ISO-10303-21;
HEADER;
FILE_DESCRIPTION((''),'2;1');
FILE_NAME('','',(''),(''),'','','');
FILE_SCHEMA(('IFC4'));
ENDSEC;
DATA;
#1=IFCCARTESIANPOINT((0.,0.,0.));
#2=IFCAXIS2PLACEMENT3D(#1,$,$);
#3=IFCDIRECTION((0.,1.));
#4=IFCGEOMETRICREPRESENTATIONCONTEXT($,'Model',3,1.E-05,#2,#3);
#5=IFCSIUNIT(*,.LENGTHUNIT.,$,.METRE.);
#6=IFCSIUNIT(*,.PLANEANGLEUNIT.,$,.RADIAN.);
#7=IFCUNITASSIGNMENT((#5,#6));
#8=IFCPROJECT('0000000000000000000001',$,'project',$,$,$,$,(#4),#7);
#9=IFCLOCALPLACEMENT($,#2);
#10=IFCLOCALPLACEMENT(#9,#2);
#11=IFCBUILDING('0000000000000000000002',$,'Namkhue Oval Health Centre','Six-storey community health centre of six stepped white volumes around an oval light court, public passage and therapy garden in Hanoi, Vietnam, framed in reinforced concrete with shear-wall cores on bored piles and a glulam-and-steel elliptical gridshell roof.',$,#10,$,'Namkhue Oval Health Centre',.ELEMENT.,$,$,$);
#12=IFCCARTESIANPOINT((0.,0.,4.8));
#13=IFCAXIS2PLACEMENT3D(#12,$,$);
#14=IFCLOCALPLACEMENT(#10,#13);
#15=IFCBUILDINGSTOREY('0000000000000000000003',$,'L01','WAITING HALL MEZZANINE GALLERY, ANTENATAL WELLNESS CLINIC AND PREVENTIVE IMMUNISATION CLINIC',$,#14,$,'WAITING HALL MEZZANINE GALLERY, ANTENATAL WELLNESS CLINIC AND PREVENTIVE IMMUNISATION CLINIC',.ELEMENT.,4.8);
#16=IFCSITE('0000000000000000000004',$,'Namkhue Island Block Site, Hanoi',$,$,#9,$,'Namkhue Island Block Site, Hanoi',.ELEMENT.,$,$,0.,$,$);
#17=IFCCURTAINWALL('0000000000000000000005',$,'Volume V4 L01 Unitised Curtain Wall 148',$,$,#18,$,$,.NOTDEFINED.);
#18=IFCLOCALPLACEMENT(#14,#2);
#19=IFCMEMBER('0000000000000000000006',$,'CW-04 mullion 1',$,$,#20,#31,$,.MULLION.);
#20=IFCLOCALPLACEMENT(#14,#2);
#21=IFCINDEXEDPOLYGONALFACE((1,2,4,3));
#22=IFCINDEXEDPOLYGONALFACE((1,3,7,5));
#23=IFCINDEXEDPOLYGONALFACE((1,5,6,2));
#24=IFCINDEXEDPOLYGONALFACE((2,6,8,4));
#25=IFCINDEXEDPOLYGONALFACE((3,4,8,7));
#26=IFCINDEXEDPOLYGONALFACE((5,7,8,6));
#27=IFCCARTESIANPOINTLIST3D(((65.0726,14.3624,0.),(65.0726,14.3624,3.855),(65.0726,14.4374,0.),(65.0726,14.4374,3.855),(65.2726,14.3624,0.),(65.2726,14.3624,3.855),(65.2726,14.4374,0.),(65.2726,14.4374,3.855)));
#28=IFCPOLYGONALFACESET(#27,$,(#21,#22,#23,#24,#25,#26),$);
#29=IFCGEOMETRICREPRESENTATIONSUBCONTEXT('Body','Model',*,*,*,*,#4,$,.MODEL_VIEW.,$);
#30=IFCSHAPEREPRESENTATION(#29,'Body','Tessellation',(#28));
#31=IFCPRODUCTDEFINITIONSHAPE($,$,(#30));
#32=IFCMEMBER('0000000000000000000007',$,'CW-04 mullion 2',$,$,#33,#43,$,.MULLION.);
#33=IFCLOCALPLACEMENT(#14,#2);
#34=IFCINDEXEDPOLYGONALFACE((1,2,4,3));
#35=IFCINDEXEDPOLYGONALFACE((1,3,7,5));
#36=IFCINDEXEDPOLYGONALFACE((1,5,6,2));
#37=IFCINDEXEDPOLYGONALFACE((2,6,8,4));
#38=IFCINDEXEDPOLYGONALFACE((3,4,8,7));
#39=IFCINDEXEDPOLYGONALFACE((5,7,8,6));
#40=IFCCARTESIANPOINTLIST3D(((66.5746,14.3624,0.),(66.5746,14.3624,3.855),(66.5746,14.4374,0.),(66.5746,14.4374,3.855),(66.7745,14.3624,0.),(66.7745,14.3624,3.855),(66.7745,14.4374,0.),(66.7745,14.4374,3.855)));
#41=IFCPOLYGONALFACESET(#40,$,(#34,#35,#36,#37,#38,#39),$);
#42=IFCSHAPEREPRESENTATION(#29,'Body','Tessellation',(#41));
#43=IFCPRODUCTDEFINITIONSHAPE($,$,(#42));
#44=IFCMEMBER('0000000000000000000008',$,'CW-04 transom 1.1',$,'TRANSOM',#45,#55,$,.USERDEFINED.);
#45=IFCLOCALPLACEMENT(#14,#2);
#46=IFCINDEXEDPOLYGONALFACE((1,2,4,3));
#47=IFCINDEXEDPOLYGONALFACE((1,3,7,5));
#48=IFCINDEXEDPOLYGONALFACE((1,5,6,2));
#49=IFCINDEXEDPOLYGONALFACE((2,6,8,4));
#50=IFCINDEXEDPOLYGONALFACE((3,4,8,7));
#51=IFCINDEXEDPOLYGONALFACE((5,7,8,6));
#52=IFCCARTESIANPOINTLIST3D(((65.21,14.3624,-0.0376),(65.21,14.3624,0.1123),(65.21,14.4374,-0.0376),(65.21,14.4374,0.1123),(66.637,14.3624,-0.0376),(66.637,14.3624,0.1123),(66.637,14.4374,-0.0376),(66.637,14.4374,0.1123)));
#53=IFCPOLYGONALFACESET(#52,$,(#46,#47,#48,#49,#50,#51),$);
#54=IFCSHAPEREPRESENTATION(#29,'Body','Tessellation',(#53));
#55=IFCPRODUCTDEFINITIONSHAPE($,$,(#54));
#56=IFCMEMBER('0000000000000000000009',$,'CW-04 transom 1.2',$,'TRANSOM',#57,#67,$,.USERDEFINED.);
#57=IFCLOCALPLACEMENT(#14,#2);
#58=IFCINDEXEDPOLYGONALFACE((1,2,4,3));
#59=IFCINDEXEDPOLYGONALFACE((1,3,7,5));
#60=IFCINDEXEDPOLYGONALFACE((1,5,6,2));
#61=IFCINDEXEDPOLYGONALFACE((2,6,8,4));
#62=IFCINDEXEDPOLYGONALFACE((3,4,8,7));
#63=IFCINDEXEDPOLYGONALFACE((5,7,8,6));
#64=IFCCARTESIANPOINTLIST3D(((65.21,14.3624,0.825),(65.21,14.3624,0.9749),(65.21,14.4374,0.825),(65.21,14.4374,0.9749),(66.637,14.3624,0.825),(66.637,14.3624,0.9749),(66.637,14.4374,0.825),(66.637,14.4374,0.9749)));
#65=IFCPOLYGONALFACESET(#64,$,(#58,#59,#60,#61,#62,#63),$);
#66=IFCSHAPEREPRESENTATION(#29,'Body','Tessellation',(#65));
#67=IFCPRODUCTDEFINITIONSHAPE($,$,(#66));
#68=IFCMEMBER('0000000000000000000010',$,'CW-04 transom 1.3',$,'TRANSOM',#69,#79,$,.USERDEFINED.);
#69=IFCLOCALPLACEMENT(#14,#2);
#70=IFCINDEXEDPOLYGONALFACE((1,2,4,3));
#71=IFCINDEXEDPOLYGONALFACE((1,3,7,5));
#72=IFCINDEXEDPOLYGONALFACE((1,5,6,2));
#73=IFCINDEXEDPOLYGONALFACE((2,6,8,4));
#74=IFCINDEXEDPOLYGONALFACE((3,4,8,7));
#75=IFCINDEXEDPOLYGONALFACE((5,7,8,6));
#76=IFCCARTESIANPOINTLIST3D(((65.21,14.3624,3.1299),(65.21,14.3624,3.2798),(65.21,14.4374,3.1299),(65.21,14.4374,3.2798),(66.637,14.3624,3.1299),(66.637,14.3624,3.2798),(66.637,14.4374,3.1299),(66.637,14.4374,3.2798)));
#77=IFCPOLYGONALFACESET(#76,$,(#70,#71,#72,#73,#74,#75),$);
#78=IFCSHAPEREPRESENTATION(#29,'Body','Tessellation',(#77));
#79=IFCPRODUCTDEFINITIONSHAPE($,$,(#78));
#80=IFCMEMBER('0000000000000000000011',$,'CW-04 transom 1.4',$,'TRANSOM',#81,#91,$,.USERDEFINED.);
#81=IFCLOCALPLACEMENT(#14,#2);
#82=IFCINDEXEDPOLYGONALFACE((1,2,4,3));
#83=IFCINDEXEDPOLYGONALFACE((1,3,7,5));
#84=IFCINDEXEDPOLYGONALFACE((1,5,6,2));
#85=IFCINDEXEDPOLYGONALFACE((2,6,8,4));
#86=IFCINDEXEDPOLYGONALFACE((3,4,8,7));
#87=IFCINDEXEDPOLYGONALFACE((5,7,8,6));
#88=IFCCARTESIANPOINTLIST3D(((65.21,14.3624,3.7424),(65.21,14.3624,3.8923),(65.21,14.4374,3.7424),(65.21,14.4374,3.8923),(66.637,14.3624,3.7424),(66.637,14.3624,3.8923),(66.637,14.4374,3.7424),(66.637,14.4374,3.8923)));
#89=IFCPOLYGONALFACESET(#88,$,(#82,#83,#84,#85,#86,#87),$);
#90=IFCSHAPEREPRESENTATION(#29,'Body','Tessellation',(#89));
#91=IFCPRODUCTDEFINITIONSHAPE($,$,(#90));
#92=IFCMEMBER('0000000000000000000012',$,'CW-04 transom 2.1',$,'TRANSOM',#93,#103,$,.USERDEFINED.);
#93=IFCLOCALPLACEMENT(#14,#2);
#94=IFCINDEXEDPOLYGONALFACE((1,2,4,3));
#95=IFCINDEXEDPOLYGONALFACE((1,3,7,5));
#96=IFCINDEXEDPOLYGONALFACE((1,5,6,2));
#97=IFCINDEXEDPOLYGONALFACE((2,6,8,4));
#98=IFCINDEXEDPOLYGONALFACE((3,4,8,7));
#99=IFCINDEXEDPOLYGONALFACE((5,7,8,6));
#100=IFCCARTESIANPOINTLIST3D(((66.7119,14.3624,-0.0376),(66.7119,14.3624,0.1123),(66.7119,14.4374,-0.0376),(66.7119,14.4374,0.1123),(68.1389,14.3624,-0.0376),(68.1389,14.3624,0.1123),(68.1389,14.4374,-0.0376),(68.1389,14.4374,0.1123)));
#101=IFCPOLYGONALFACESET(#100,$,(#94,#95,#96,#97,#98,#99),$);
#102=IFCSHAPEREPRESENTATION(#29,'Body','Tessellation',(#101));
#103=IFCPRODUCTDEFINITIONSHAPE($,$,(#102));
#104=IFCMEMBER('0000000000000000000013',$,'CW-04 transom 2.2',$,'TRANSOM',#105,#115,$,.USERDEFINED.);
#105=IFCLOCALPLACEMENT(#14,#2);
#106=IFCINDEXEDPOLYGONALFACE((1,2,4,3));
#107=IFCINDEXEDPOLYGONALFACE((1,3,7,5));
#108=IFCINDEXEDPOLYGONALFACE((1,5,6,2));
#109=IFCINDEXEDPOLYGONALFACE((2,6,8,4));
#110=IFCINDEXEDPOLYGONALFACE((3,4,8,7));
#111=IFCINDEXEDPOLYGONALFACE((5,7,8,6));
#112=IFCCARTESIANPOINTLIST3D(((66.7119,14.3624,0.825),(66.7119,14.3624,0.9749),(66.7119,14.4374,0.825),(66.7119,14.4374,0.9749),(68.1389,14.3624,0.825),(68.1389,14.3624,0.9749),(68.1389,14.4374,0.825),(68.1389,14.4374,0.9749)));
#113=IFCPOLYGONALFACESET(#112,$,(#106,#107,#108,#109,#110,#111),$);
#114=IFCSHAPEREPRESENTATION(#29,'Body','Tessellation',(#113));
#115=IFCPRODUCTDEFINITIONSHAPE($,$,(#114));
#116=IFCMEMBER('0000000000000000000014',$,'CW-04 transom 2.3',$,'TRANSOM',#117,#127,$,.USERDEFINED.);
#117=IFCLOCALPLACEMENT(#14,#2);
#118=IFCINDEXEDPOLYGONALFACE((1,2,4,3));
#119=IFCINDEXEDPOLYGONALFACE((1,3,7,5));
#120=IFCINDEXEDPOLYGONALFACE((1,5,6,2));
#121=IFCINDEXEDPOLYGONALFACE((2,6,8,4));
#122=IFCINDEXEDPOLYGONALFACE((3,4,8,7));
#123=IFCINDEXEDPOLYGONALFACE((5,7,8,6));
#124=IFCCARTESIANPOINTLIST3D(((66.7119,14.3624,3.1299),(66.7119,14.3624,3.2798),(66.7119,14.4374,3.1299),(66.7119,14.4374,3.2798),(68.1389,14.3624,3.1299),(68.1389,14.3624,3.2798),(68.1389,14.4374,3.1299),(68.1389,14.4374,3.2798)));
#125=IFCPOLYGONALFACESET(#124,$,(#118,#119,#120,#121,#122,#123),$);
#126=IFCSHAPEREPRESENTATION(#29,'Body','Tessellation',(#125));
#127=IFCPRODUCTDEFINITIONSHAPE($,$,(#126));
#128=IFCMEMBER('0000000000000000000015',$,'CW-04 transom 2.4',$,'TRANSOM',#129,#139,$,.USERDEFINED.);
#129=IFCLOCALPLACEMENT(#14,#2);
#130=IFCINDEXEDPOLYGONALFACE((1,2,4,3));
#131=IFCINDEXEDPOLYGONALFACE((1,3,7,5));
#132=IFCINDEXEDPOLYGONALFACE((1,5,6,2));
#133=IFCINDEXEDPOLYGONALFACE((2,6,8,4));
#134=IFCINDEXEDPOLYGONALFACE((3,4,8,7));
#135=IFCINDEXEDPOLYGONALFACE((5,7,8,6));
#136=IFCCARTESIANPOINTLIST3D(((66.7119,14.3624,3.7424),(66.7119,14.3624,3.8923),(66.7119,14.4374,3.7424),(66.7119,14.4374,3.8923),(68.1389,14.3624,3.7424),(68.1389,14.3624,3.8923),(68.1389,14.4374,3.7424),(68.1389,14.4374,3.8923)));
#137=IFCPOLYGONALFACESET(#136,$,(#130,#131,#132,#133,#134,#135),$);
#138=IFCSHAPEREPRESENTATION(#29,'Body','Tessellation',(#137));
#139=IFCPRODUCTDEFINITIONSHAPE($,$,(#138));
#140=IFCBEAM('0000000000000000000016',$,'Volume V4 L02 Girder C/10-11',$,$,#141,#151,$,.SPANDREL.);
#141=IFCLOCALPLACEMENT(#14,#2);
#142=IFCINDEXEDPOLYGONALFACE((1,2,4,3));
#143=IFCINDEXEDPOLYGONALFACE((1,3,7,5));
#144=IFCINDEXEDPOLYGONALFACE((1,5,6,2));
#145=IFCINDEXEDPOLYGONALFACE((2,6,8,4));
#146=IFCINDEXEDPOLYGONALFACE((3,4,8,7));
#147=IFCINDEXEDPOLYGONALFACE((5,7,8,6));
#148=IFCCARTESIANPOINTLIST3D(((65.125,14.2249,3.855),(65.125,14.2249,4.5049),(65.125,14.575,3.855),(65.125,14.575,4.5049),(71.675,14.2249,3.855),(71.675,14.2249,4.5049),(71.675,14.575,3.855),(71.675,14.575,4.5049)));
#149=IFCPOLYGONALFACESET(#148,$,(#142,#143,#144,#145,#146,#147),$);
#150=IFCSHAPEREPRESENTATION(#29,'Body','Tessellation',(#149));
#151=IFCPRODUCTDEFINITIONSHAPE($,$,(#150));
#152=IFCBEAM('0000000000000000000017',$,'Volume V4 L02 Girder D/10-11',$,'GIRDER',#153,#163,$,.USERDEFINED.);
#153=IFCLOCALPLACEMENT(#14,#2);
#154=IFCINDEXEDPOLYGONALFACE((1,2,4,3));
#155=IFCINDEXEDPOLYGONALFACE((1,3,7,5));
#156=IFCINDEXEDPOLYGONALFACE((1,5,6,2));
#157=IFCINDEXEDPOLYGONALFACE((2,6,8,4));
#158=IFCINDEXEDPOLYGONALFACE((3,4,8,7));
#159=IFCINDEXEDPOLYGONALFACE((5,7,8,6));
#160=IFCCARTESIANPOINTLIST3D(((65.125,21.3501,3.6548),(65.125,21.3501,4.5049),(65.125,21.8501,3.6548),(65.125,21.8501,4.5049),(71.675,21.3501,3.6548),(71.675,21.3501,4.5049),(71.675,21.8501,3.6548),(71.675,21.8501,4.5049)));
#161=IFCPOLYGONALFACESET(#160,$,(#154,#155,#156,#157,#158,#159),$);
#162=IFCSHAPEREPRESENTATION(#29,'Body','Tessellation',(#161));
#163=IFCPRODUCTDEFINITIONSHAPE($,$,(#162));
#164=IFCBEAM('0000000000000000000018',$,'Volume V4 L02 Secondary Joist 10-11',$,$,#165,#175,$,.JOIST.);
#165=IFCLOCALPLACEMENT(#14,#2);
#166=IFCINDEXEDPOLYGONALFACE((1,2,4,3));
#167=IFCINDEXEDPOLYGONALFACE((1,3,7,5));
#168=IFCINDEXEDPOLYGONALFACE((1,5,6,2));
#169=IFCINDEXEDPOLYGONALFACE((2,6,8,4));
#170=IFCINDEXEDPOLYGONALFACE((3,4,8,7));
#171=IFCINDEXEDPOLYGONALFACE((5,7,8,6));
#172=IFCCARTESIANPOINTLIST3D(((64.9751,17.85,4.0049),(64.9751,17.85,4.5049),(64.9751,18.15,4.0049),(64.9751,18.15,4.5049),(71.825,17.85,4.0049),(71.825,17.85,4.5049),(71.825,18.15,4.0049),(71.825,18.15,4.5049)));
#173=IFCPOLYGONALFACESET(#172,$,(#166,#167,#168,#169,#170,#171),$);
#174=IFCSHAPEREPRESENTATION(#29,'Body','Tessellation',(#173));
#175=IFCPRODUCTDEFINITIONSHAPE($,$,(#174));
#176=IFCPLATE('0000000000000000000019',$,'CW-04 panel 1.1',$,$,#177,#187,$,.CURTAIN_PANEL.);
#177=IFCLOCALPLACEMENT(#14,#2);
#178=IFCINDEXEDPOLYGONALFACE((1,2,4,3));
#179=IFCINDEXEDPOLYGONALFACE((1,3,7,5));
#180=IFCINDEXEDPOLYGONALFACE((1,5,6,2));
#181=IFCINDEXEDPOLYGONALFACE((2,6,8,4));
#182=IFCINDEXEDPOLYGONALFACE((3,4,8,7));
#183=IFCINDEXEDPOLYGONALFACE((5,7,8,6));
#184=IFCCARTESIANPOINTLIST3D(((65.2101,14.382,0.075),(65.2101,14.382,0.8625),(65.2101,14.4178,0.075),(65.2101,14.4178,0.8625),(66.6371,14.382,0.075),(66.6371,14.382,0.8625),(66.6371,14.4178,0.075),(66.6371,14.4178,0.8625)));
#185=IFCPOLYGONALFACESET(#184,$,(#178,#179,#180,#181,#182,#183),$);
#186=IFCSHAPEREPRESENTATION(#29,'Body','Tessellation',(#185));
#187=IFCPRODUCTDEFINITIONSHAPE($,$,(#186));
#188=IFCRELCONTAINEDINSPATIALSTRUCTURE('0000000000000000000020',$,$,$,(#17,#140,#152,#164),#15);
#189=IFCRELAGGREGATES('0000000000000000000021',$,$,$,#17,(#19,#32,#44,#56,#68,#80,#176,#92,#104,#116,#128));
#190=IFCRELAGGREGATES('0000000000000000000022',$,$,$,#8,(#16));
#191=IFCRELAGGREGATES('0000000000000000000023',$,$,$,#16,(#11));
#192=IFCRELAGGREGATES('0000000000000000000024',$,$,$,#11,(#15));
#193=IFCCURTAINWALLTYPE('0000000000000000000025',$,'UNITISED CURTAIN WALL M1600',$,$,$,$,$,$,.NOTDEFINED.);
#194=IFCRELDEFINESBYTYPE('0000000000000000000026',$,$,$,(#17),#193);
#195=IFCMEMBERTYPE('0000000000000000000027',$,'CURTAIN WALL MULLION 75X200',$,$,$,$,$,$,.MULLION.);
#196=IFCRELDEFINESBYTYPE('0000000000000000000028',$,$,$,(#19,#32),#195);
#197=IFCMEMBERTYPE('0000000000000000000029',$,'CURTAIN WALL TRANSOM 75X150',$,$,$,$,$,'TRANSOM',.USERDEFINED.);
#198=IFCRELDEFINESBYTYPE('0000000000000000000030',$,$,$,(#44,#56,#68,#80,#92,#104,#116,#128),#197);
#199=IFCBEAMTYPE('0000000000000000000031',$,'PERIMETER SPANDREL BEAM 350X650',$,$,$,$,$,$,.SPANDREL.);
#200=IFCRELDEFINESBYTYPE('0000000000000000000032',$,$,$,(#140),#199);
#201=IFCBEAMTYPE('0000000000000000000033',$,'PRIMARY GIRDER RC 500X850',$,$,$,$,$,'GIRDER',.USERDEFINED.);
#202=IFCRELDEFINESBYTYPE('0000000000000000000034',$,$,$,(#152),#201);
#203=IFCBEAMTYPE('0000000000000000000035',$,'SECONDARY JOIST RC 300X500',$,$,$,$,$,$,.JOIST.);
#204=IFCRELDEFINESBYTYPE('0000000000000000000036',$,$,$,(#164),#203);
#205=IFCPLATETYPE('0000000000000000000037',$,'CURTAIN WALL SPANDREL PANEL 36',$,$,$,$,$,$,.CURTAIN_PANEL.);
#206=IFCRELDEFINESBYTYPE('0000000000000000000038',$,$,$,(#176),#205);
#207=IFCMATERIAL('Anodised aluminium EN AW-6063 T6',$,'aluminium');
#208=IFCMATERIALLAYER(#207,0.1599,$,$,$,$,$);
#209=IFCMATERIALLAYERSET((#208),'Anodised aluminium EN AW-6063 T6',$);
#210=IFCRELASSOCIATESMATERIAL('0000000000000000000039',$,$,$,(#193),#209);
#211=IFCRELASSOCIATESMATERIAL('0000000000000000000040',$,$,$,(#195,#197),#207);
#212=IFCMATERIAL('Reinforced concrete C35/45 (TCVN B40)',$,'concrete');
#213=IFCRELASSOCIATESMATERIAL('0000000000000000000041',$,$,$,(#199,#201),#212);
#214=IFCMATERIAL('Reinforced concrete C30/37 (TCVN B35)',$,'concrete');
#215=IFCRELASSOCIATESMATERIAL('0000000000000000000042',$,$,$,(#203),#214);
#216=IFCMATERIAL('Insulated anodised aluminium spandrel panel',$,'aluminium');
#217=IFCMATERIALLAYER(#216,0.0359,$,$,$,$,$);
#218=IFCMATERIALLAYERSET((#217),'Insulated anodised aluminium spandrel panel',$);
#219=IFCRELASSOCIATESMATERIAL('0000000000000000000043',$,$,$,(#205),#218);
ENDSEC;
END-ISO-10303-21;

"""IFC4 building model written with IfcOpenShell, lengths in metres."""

from ifc_helpers import new_model, si_unit, direction, frame, origin, origin_2d, place, context, subcontext, project, spatial, rectangle, extrude, material, layer, layer_set, material_profile, profile_set, type_object, element, aggregate, save


model = new_model("IFC4")

# Units and contexts
model_context = context("Model", 3, precision=1e-05, world=origin(), true_north=direction((0.0, 1.0)))
body_context = subcontext(model_context, "Body", "Model", "MODEL_VIEW")
ifc_project = project(units=[si_unit("LENGTHUNIT", "METRE"), si_unit("PLANEANGLEUNIT", "RADIAN")], contexts=[model_context])

# Site, building, storey
site_placement = place(None, origin())
site = spatial("IfcSite", under=ifc_project, at=site_placement, Name="Namkhue Island Block Site, Hanoi", LongName="Namkhue Island Block Site, Hanoi", CompositionType="ELEMENT", RefElevation=0.0)
building_placement = place(site_placement, origin())
building = spatial("IfcBuilding", under=site, at=building_placement, Name="Namkhue Oval Health Centre", Description="Six-storey community health centre of six stepped white volumes around an oval light court, public passage and therapy garden in Hanoi, Vietnam, framed in reinforced concrete with shear-wall cores on bored piles and a glulam-and-steel elliptical gridshell roof.", LongName="Namkhue Oval Health Centre", CompositionType="ELEMENT")
storey_placement = place(building_placement, frame((0.0, 0.0, 4.8)))
storey = spatial("IfcBuildingStorey", under=building, at=storey_placement, Name="L01", Description="WAITING HALL MEZZANINE GALLERY, ANTENATAL WELLNESS CLINIC AND PREVENTIVE IMMUNISATION CLINIC", LongName="WAITING HALL MEZZANINE GALLERY, ANTENATAL WELLNESS CLINIC AND PREVENTIVE IMMUNISATION CLINIC", CompositionType="ELEMENT", Elevation=4.8)

# Curtain wall, members
ifc_material_1 = material(Name="Anodised aluminium EN AW-6063 T6", Category="aluminium")
ifc_layer_1 = layer(ifc_material_1, 0.1599)
ifc_layer_set_1 = layer_set([ifc_layer_1], Name="Anodised aluminium EN AW-6063 T6")
curtain_wall_type = type_object("IfcCurtainWallType", Name="UNITISED CURTAIN WALL M1600", PredefinedType="NOTDEFINED", material=ifc_layer_set_1)
curtain_wall_placement = place(storey_placement, origin())
curtain_wall = element("IfcCurtainWall", 1, at=curtain_wall_placement, inside=storey, type_object=curtain_wall_type, Name="Volume V4 L01 Unitised Curtain Wall 148", PredefinedType="NOTDEFINED")
ifc_material_profile_1 = material_profile(ifc_material_1, rectangle(XDim=0.075, YDim=0.2, at=origin_2d()), Name="ALU 75x200")
ifc_profile_set_1 = profile_set([ifc_material_profile_1], Name="Anodised aluminium EN AW-6063 T6")
member_type_1 = type_object("IfcMemberType", Name="CURTAIN WALL MULLION 75X200", PredefinedType="MULLION", material=ifc_profile_set_1)
member_1_placement = place(storey_placement, frame((65.1726, 14.3999, 0.0), z_axis=(0.0, 0.0, 1.0), x_axis=(0.0, 1.0, 0.0)))
member_1 = element("IfcMember", 2, at=member_1_placement, type_object=member_type_1, Name="CW-04 mullion 1", PredefinedType="MULLION", context=body_context, shape_type="SweptSolid", body=[
    extrude(rectangle(XDim=0.075, YDim=0.2, at=origin_2d()), origin(), (0.0, 0.0, 1.0), 3.855),
])
member_2_placement = place(storey_placement, frame((66.6746, 14.3999, 0.0), z_axis=(0.0, 0.0, 1.0), x_axis=(0.0, 1.0, 0.0)))
member_2 = element("IfcMember", 3, at=member_2_placement, type_object=member_type_1, Name="CW-04 mullion 2", PredefinedType="MULLION", context=body_context, shape_type="SweptSolid", body=[
    extrude(rectangle(XDim=0.075, YDim=0.2, at=origin_2d()), origin(), (0.0, 0.0, 1.0), 3.855),
])
ifc_material_profile_2 = material_profile(ifc_material_1, rectangle(XDim=0.075, YDim=0.1499, at=origin_2d()), Name="ALU 75x150")
ifc_profile_set_2 = profile_set([ifc_material_profile_2], Name="Anodised aluminium EN AW-6063 T6")
member_type_2 = type_object("IfcMemberType", Name="CURTAIN WALL TRANSOM 75X150", ElementType="TRANSOM", PredefinedType="USERDEFINED", material=ifc_profile_set_2)
member_3_placement = place(storey_placement, frame((65.21, 14.3999, 0.0374), z_axis=(1.0, 0.0, 0.0), x_axis=(0.0, 1.0, 0.0)))
member_3 = element("IfcMember", 4, at=member_3_placement, type_object=member_type_2, Name="CW-04 transom 1.1", ObjectType="TRANSOM", PredefinedType="USERDEFINED", context=body_context, shape_type="SweptSolid", body=[
    extrude(rectangle(XDim=0.075, YDim=0.1499, at=origin_2d()), origin(), (0.0, 0.0, 1.0), 1.427),
])
member_4_placement = place(storey_placement, frame((65.21, 14.3999, 0.8999), z_axis=(1.0, 0.0, 0.0), x_axis=(0.0, 1.0, 0.0)))
member_4 = element("IfcMember", 5, at=member_4_placement, type_object=member_type_2, Name="CW-04 transom 1.2", ObjectType="TRANSOM", PredefinedType="USERDEFINED", context=body_context, shape_type="SweptSolid", body=[
    extrude(rectangle(XDim=0.075, YDim=0.1499, at=origin_2d()), origin(), (0.0, 0.0, 1.0), 1.427),
])
member_5_placement = place(storey_placement, frame((65.21, 14.3999, 3.2048), z_axis=(1.0, 0.0, 0.0), x_axis=(0.0, 1.0, 0.0)))
member_5 = element("IfcMember", 6, at=member_5_placement, type_object=member_type_2, Name="CW-04 transom 1.3", ObjectType="TRANSOM", PredefinedType="USERDEFINED", context=body_context, shape_type="SweptSolid", body=[
    extrude(rectangle(XDim=0.075, YDim=0.1499, at=origin_2d()), origin(), (0.0, 0.0, 1.0), 1.427),
])
member_6_placement = place(storey_placement, frame((65.21, 14.3999, 3.8174), z_axis=(1.0, 0.0, 0.0), x_axis=(0.0, 1.0, 0.0)))
member_6 = element("IfcMember", 7, at=member_6_placement, type_object=member_type_2, Name="CW-04 transom 1.4", ObjectType="TRANSOM", PredefinedType="USERDEFINED", context=body_context, shape_type="SweptSolid", body=[
    extrude(rectangle(XDim=0.075, YDim=0.1499, at=origin_2d()), origin(), (0.0, 0.0, 1.0), 1.427),
])
member_7_placement = place(storey_placement, frame((66.7119, 14.3999, 0.0374), z_axis=(1.0, 0.0, 0.0), x_axis=(0.0, 1.0, 0.0)))
member_7 = element("IfcMember", 8, at=member_7_placement, type_object=member_type_2, Name="CW-04 transom 2.1", ObjectType="TRANSOM", PredefinedType="USERDEFINED", context=body_context, shape_type="SweptSolid", body=[
    extrude(rectangle(XDim=0.075, YDim=0.1499, at=origin_2d()), origin(), (0.0, 0.0, 1.0), 1.427),
])
member_8_placement = place(storey_placement, frame((66.7119, 14.3999, 0.8999), z_axis=(1.0, 0.0, 0.0), x_axis=(0.0, 1.0, 0.0)))
member_8 = element("IfcMember", 9, at=member_8_placement, type_object=member_type_2, Name="CW-04 transom 2.2", ObjectType="TRANSOM", PredefinedType="USERDEFINED", context=body_context, shape_type="SweptSolid", body=[
    extrude(rectangle(XDim=0.075, YDim=0.1499, at=origin_2d()), origin(), (0.0, 0.0, 1.0), 1.427),
])
member_9_placement = place(storey_placement, frame((66.7119, 14.3999, 3.2048), z_axis=(1.0, 0.0, 0.0), x_axis=(0.0, 1.0, 0.0)))
member_9 = element("IfcMember", 10, at=member_9_placement, type_object=member_type_2, Name="CW-04 transom 2.3", ObjectType="TRANSOM", PredefinedType="USERDEFINED", context=body_context, shape_type="SweptSolid", body=[
    extrude(rectangle(XDim=0.075, YDim=0.1499, at=origin_2d()), origin(), (0.0, 0.0, 1.0), 1.427),
])
member_10_placement = place(storey_placement, frame((66.7119, 14.3999, 3.8174), z_axis=(1.0, 0.0, 0.0), x_axis=(0.0, 1.0, 0.0)))
member_10 = element("IfcMember", 11, at=member_10_placement, type_object=member_type_2, Name="CW-04 transom 2.4", ObjectType="TRANSOM", PredefinedType="USERDEFINED", context=body_context, shape_type="SweptSolid", body=[
    extrude(rectangle(XDim=0.075, YDim=0.1499, at=origin_2d()), origin(), (0.0, 0.0, 1.0), 1.427),
])

# Beams
ifc_material_2 = material(Name="Reinforced concrete C35/45 (TCVN B40)", Category="concrete")
ifc_material_profile_3 = material_profile(ifc_material_2, rectangle(XDim=0.3501, YDim=0.6499, at=origin_2d()), Name="RC 350x650")
ifc_profile_set_3 = profile_set([ifc_material_profile_3], Name="Reinforced concrete C35/45 (TCVN B40)")
beam_type_1 = type_object("IfcBeamType", Name="PERIMETER SPANDREL BEAM 350X650", PredefinedType="SPANDREL", material=ifc_profile_set_3)
beam_1_placement = place(storey_placement, frame((65.125, 14.3999, 4.1799), z_axis=(1.0, 0.0, 0.0), x_axis=(0.0, 1.0, 0.0)))
element("IfcBeam", 12, at=beam_1_placement, inside=storey, type_object=beam_type_1, Name="Volume V4 L02 Girder C/10-11", PredefinedType="SPANDREL", context=body_context, shape_type="SweptSolid", body=[
    extrude(rectangle(XDim=0.3501, YDim=0.6499, at=origin_2d()), origin(), (0.0, 0.0, 1.0), 6.55),
])
ifc_material_profile_4 = material_profile(ifc_material_2, rectangle(XDim=0.5, YDim=0.8501, at=origin_2d()), Name="RC 500x850")
ifc_profile_set_4 = profile_set([ifc_material_profile_4], Name="Reinforced concrete C35/45 (TCVN B40)")
beam_type_2 = type_object("IfcBeamType", Name="PRIMARY GIRDER RC 500X850", ElementType="GIRDER", PredefinedType="USERDEFINED", material=ifc_profile_set_4)
beam_2_placement = place(storey_placement, frame((65.125, 21.6001, 4.0798), z_axis=(1.0, 0.0, 0.0), x_axis=(0.0, 1.0, 0.0)))
element("IfcBeam", 13, at=beam_2_placement, inside=storey, type_object=beam_type_2, Name="Volume V4 L02 Girder D/10-11", ObjectType="GIRDER", PredefinedType="USERDEFINED", context=body_context, shape_type="SweptSolid", body=[
    extrude(rectangle(XDim=0.5, YDim=0.8501, at=origin_2d()), origin(), (0.0, 0.0, 1.0), 6.55),
])
ifc_material_3 = material(Name="Reinforced concrete C30/37 (TCVN B35)", Category="concrete")
ifc_material_profile_5 = material_profile(ifc_material_3, rectangle(XDim=0.3, YDim=0.5, at=origin_2d()), Name="RC 300x500")
ifc_profile_set_5 = profile_set([ifc_material_profile_5], Name="Reinforced concrete C30/37 (TCVN B35)")
beam_type_3 = type_object("IfcBeamType", Name="SECONDARY JOIST RC 300X500", PredefinedType="JOIST", material=ifc_profile_set_5)
beam_3_placement = place(storey_placement, frame((64.9751, 18.0, 4.2549), z_axis=(1.0, 0.0, 0.0), x_axis=(0.0, 1.0, 0.0)))
element("IfcBeam", 14, at=beam_3_placement, inside=storey, type_object=beam_type_3, Name="Volume V4 L02 Secondary Joist 10-11", PredefinedType="JOIST", context=body_context, shape_type="SweptSolid", body=[
    extrude(rectangle(XDim=0.3, YDim=0.5, at=origin_2d()), origin(), (0.0, 0.0, 1.0), 6.8499),
])

# Plate
ifc_material_4 = material(Name="Insulated anodised aluminium spandrel panel", Category="aluminium")
ifc_layer_2 = layer(ifc_material_4, 0.0359)
ifc_layer_set_2 = layer_set([ifc_layer_2], Name="Insulated anodised aluminium spandrel panel")
plate_type = type_object("IfcPlateType", Name="CURTAIN WALL SPANDREL PANEL 36", PredefinedType="CURTAIN_PANEL", material=ifc_layer_set_2)
plate_1_placement = place(storey_placement, frame((65.9236, 14.3999, 0.075), z_axis=(0.0, 0.0, 1.0), x_axis=(1.0, 0.0, 0.0)))
plate_1 = element("IfcPlate", 15, at=plate_1_placement, type_object=plate_type, Name="CW-04 panel 1.1", PredefinedType="CURTAIN_PANEL", context=body_context, shape_type="SweptSolid", body=[
    extrude(rectangle(XDim=1.427, YDim=0.0359, at=origin_2d()), origin(), (0.0, 0.0, 1.0), 0.7876),
])
aggregate(curtain_wall, [member_1, member_2, member_3, member_4, member_5, member_6, plate_1, member_7, member_8, member_9, member_10])

save(model, "model.ifc")
